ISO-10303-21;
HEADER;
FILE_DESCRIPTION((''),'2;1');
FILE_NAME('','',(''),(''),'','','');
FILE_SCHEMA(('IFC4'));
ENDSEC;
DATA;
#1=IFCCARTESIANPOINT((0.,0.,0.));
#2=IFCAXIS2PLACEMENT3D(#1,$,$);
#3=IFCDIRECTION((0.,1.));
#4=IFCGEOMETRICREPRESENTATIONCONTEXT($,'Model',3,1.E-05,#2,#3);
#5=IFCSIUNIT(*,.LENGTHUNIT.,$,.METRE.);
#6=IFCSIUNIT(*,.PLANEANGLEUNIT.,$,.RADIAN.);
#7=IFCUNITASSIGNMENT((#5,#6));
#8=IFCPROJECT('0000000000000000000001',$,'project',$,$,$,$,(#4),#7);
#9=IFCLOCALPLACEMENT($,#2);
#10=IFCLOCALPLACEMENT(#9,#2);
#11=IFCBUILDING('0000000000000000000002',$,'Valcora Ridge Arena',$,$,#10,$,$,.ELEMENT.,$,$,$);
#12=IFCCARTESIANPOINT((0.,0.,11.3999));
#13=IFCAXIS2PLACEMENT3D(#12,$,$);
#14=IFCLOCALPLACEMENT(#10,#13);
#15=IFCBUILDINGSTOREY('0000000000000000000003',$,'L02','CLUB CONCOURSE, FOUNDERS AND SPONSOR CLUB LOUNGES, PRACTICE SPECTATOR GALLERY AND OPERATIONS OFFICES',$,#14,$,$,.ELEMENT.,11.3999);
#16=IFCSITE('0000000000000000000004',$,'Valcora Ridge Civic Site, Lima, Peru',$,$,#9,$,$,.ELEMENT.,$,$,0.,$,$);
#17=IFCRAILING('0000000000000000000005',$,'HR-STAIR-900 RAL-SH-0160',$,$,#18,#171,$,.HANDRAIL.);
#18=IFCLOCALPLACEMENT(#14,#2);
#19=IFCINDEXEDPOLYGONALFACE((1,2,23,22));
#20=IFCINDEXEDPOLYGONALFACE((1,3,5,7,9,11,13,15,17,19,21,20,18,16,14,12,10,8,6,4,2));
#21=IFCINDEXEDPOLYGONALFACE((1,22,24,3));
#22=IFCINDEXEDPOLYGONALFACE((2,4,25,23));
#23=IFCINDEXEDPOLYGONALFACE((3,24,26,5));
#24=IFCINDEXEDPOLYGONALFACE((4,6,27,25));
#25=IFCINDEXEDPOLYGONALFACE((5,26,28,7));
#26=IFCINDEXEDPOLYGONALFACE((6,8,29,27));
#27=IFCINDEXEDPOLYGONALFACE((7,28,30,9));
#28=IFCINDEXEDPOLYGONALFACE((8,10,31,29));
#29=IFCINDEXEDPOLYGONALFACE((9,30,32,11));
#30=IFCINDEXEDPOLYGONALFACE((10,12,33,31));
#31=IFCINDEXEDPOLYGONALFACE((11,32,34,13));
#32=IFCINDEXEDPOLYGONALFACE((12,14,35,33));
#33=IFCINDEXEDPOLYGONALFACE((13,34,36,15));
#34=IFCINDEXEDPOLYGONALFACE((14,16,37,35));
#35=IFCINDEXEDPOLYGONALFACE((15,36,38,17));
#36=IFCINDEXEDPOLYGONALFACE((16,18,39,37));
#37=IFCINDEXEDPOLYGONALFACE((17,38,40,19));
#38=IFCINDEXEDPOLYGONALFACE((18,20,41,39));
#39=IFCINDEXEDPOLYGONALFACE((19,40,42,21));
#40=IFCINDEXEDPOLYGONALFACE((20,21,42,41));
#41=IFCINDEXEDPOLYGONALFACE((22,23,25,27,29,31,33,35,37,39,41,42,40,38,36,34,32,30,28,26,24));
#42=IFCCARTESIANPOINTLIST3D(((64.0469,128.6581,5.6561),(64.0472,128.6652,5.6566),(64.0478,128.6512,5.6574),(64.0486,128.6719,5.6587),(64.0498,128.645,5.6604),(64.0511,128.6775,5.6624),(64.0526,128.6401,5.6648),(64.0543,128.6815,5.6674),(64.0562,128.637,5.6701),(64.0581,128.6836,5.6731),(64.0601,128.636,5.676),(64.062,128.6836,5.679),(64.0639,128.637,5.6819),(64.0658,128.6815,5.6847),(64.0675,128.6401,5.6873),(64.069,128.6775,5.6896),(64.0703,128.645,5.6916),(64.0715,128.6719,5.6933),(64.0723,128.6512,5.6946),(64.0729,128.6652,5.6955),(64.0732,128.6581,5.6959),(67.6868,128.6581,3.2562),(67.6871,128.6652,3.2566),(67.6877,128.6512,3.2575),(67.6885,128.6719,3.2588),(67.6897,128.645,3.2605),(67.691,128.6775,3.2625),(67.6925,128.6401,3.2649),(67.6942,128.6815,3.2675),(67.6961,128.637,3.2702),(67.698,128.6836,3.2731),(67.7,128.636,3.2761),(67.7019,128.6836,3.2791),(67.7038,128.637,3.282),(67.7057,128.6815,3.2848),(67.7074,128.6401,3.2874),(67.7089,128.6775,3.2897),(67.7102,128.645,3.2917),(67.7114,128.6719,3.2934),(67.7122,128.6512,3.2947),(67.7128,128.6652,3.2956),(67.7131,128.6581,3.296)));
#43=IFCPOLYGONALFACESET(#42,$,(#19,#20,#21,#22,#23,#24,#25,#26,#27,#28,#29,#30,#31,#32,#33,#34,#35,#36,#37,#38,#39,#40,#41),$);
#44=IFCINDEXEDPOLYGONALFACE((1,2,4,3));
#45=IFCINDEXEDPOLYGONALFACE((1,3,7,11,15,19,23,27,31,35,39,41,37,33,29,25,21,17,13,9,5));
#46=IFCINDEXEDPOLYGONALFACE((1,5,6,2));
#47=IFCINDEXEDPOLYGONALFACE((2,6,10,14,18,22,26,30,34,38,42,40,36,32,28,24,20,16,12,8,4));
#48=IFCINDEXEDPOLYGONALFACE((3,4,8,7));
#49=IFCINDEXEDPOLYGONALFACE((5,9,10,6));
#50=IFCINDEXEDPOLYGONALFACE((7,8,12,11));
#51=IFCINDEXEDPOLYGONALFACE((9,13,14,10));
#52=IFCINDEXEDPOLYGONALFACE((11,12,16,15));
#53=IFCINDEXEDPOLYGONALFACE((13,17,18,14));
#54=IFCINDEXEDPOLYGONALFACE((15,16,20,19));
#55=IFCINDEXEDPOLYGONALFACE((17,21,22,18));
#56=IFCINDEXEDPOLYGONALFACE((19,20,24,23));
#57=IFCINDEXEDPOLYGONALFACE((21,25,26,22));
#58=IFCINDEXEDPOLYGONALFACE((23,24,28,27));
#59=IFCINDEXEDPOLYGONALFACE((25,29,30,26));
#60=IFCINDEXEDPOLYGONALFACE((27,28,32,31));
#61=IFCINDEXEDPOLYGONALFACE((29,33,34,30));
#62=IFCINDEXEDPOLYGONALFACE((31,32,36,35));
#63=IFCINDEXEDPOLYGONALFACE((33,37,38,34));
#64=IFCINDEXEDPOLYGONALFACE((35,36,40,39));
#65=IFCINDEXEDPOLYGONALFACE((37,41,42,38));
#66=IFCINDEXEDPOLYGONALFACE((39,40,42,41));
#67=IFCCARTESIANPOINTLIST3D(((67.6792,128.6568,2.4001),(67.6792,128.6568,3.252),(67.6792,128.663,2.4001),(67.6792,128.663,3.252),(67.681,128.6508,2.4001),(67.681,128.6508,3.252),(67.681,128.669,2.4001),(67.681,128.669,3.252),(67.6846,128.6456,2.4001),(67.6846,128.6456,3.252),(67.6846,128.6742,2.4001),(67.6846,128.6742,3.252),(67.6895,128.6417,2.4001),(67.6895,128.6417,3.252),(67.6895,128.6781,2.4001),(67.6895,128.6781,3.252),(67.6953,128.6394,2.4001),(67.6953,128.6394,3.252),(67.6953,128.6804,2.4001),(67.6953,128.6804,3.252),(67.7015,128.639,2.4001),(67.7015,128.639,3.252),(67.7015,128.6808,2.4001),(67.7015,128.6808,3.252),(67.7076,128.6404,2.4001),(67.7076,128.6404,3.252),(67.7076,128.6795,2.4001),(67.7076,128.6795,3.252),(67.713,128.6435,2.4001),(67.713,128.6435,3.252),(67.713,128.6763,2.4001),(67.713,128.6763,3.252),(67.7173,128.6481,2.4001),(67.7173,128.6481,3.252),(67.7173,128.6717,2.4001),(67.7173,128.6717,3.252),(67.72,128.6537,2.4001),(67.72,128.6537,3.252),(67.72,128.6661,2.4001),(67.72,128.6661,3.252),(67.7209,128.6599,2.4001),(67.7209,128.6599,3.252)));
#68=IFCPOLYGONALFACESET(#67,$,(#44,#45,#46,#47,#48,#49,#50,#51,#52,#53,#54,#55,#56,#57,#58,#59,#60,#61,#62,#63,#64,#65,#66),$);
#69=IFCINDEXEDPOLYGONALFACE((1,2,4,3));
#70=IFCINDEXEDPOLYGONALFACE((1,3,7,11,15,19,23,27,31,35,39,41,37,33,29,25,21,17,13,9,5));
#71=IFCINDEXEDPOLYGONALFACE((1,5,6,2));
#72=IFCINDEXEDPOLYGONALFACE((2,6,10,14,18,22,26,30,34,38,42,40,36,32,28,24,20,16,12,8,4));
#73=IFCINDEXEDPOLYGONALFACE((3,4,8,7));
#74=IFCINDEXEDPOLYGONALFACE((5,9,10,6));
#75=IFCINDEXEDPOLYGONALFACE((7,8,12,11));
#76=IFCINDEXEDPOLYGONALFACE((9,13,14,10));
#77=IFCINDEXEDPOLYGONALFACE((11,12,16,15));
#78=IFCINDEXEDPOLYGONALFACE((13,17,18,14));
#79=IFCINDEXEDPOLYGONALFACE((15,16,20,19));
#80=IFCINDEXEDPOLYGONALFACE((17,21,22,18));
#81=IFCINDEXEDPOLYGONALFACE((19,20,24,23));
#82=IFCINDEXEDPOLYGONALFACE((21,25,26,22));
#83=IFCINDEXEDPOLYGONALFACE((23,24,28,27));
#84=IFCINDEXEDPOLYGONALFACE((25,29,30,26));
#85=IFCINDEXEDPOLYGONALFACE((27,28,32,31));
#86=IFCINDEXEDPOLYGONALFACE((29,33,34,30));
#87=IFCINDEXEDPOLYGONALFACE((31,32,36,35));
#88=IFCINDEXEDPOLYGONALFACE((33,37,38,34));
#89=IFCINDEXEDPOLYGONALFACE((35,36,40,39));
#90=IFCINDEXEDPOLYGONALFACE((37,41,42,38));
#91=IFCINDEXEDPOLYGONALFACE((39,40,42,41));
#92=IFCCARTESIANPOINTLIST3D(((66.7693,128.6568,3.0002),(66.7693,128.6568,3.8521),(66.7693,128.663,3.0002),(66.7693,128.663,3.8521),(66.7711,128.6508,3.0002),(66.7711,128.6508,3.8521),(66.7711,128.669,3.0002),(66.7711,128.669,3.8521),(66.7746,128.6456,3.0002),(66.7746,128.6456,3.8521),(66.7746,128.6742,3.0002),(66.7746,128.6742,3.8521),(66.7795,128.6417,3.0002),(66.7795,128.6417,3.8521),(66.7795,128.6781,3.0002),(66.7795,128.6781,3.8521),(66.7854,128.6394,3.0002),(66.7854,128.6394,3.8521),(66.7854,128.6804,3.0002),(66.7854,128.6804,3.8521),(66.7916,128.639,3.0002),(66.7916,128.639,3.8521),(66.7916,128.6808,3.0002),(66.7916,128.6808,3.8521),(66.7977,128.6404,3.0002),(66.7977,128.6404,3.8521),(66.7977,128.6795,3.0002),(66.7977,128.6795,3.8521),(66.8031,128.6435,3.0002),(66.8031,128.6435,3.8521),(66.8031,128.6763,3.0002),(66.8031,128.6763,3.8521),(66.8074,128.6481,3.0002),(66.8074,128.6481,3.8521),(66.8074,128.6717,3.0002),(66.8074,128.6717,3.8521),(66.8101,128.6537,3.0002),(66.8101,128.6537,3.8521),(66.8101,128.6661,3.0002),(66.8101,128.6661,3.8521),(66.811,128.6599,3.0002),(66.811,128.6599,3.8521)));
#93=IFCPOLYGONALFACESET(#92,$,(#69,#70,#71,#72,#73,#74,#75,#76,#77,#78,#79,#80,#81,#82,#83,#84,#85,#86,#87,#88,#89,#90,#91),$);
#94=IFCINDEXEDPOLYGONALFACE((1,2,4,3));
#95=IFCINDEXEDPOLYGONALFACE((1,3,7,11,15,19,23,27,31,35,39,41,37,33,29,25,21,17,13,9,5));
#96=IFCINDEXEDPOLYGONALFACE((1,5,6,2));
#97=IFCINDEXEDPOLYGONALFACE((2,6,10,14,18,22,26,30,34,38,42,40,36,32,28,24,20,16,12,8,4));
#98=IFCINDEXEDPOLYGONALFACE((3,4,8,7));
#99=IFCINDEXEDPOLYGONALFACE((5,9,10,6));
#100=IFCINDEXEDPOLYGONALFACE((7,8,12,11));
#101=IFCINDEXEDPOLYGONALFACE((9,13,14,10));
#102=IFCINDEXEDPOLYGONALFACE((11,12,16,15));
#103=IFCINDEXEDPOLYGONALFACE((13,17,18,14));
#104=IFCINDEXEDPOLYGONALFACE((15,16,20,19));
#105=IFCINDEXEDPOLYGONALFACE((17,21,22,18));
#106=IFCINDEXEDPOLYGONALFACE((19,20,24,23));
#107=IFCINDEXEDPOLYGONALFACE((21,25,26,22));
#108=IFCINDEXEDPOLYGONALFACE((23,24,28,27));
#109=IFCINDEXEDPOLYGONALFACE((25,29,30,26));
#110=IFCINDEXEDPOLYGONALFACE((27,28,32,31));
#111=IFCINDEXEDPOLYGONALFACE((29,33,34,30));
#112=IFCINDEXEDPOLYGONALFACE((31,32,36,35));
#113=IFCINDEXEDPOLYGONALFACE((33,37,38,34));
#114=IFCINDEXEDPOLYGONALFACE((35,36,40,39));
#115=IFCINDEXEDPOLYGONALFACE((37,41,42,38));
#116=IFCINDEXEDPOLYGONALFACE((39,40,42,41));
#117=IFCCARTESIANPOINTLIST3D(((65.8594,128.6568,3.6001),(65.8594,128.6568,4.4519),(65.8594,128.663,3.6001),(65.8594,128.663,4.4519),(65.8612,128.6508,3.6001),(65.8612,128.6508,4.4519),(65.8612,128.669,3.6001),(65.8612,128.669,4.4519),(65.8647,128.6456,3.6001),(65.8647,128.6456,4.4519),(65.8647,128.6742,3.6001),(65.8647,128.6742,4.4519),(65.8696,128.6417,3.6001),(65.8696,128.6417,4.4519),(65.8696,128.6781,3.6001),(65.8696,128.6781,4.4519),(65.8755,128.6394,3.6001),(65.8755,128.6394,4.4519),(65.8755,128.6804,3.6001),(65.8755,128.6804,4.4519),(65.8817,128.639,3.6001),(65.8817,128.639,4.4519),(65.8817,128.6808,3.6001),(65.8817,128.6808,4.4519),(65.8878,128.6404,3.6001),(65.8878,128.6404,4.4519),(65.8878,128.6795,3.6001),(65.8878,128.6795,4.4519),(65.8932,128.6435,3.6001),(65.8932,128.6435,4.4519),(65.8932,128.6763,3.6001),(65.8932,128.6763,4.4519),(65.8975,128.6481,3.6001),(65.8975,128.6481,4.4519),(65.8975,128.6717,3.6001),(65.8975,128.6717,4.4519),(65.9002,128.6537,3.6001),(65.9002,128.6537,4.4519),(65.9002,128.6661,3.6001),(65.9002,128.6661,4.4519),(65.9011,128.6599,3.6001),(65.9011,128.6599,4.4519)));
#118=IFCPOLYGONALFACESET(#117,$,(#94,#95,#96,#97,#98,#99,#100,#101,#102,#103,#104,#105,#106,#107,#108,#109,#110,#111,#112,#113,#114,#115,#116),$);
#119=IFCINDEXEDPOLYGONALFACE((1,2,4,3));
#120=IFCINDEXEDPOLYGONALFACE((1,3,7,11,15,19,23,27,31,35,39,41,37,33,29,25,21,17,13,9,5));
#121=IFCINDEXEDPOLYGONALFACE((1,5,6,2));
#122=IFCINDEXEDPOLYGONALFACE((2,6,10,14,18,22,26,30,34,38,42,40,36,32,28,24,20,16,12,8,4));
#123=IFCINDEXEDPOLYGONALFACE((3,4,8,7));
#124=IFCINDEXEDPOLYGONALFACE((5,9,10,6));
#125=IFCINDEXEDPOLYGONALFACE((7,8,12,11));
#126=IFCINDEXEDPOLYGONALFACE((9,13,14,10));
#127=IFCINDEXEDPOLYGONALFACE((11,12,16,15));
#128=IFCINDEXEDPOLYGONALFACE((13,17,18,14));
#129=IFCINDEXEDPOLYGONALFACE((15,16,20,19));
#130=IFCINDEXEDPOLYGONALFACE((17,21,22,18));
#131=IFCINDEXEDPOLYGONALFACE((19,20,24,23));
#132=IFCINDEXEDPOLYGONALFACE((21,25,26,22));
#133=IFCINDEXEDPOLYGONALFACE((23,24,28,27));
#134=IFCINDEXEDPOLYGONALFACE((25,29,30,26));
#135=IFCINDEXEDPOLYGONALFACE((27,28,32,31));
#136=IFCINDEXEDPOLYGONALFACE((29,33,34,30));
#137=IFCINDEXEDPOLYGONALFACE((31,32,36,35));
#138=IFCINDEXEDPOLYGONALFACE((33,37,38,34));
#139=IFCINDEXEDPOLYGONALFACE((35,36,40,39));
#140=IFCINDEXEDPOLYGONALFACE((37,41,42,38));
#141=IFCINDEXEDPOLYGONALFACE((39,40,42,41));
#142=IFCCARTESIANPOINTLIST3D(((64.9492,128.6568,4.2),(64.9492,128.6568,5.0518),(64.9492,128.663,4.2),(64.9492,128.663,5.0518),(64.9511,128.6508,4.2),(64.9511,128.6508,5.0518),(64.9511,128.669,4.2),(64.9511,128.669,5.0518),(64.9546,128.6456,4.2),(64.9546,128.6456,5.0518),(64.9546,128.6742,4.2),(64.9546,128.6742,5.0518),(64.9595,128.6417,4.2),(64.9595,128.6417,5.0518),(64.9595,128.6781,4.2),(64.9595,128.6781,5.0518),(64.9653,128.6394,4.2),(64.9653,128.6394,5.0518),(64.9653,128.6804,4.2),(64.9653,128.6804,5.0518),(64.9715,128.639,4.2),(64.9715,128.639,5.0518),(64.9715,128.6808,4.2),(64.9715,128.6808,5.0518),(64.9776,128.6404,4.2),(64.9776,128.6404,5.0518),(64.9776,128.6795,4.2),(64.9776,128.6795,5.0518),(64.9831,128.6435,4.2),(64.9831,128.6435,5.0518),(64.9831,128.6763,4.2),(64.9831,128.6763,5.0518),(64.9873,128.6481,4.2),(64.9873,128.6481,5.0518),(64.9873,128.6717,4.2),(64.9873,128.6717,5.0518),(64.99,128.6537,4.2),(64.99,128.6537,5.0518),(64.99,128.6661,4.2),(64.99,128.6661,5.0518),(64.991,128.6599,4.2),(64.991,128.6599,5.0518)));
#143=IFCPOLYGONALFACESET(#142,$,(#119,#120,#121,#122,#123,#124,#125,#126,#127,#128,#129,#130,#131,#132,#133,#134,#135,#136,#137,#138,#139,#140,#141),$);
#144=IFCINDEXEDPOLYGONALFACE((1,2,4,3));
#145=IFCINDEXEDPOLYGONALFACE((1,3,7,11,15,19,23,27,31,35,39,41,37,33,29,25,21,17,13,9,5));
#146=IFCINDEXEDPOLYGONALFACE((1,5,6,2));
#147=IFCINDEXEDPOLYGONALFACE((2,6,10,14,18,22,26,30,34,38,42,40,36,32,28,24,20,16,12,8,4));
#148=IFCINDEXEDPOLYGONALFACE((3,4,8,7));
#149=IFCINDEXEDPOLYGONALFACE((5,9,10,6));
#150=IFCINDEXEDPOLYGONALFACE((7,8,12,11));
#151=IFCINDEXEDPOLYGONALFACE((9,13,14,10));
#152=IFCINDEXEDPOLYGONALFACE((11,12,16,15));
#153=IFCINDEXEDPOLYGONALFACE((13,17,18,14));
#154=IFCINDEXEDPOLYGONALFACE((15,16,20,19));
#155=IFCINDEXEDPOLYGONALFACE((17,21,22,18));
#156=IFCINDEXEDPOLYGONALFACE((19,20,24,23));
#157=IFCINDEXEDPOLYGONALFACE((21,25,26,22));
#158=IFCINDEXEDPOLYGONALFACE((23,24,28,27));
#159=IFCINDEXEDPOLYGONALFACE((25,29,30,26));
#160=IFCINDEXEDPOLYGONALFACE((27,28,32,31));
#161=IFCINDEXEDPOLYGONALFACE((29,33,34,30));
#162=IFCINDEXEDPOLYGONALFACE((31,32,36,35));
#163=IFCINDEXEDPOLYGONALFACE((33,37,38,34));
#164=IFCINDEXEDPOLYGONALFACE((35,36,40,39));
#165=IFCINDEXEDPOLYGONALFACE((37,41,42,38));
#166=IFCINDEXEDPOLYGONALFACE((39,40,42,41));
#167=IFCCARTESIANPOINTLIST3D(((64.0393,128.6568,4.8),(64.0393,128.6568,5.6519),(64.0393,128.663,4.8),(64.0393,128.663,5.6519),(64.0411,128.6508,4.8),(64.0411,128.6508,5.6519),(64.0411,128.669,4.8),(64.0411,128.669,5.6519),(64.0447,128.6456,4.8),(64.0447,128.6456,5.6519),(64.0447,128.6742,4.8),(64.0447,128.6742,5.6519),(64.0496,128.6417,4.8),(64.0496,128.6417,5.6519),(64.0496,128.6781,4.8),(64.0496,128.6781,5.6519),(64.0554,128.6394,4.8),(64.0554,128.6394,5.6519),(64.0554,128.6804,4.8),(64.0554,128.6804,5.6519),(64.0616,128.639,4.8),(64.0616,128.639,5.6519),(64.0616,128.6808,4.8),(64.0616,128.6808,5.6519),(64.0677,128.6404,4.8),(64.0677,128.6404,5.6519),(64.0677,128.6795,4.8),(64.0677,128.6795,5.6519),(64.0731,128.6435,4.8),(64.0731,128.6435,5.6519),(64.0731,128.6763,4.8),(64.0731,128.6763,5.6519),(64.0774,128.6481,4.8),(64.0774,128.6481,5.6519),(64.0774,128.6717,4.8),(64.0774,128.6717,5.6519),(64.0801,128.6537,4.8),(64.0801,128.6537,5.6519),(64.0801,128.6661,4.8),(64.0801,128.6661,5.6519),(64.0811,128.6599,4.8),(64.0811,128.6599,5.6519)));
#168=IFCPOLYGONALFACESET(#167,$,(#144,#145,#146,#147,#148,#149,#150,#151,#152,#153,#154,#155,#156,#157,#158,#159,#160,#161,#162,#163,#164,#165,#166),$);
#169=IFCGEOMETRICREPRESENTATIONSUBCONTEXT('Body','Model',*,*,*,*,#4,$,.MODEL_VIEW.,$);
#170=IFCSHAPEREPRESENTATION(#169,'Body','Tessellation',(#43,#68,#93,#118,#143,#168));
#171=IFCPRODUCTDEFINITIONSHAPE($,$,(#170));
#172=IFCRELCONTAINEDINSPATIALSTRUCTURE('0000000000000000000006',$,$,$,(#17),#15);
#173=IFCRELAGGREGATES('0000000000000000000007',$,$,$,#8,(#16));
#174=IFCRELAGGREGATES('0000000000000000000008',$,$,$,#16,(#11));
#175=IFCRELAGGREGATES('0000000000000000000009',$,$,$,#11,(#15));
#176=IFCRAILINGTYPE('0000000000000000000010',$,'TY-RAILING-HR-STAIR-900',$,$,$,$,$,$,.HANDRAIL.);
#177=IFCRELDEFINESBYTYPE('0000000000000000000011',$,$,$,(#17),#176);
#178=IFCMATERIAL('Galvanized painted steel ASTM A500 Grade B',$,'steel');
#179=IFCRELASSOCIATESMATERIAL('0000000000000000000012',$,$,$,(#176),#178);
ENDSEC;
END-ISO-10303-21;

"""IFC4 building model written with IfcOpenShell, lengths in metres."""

from ifc_helpers import new_model, si_unit, direction, frame, origin, origin_2d, place, context, subcontext, project, spatial, circle, extrude, material, type_object, element, save


model = new_model("IFC4")

# Units and contexts
model_context = context("Model", 3, precision=1e-05, world=origin(), true_north=direction((0.0, 1.0)))
body_context = subcontext(model_context, "Body", "Model", "MODEL_VIEW")
ifc_project = project(units=[si_unit("LENGTHUNIT", "METRE"), si_unit("PLANEANGLEUNIT", "RADIAN")], contexts=[model_context])

# Site, building, storey
site_placement = place(None, origin())
site = spatial("IfcSite", under=ifc_project, at=site_placement, Name="Valcora Ridge Civic Site, Lima, Peru", CompositionType="ELEMENT", RefElevation=0.0)
building_placement = place(site_placement, origin())
building = spatial("IfcBuilding", under=site, at=building_placement, Name="Valcora Ridge Arena", CompositionType="ELEMENT")
storey_placement = place(building_placement, frame((0.0, 0.0, 11.3999)))
storey = spatial("IfcBuildingStorey", under=building, at=storey_placement, Name="L02", Description="CLUB CONCOURSE, FOUNDERS AND SPONSOR CLUB LOUNGES, PRACTICE SPECTATOR GALLERY AND OPERATIONS OFFICES", CompositionType="ELEMENT", Elevation=11.3999)

# Railing
ifc_material_1 = material(Name="Galvanized painted steel ASTM A500 Grade B", Category="steel")
railing_type_1 = type_object("IfcRailingType", Name="TY-RAILING-HR-STAIR-900", PredefinedType="HANDRAIL", material=ifc_material_1)
railing_1_placement = place(storey_placement, frame((67.7, 128.6599, 2.4001)))
element("IfcRailing", 1, at=railing_1_placement, inside=storey, type_object=railing_type_1, Name="HR-STAIR-900 RAL-SH-0160", PredefinedType="HANDRAIL", context=body_context, shape_type="SweptSolid", body=[
    extrude(circle(Radius=0.0239, at=origin_2d()), frame((0.0, 0.0, 0.876), z_axis=(-0.834865, 0.0, 0.550454), x_axis=(0.0, -1.0, 0.0)), (0.0, 0.0, 1.0), 4.3599),
    extrude(circle(Radius=0.021, at=origin_2d()), origin(), (0.0, 0.0, 1.0), 0.8518),
    extrude(circle(Radius=0.021, at=origin_2d()), frame((-0.9099, 0.0, 0.6001)), (0.0, 0.0, 1.0), 0.8518),
    extrude(circle(Radius=0.021, at=origin_2d()), frame((-1.8198, 0.0, 1.2)), (0.0, 0.0, 1.0), 0.8518),
    extrude(circle(Radius=0.021, at=origin_2d()), frame((-2.73, 0.0, 1.7998)), (0.0, 0.0, 1.0), 0.8518),
    extrude(circle(Radius=0.021, at=origin_2d()), frame((-3.6399, 0.0, 2.3999)), (0.0, 0.0, 1.0), 0.8518),
])

save(model, "model.ifc")
